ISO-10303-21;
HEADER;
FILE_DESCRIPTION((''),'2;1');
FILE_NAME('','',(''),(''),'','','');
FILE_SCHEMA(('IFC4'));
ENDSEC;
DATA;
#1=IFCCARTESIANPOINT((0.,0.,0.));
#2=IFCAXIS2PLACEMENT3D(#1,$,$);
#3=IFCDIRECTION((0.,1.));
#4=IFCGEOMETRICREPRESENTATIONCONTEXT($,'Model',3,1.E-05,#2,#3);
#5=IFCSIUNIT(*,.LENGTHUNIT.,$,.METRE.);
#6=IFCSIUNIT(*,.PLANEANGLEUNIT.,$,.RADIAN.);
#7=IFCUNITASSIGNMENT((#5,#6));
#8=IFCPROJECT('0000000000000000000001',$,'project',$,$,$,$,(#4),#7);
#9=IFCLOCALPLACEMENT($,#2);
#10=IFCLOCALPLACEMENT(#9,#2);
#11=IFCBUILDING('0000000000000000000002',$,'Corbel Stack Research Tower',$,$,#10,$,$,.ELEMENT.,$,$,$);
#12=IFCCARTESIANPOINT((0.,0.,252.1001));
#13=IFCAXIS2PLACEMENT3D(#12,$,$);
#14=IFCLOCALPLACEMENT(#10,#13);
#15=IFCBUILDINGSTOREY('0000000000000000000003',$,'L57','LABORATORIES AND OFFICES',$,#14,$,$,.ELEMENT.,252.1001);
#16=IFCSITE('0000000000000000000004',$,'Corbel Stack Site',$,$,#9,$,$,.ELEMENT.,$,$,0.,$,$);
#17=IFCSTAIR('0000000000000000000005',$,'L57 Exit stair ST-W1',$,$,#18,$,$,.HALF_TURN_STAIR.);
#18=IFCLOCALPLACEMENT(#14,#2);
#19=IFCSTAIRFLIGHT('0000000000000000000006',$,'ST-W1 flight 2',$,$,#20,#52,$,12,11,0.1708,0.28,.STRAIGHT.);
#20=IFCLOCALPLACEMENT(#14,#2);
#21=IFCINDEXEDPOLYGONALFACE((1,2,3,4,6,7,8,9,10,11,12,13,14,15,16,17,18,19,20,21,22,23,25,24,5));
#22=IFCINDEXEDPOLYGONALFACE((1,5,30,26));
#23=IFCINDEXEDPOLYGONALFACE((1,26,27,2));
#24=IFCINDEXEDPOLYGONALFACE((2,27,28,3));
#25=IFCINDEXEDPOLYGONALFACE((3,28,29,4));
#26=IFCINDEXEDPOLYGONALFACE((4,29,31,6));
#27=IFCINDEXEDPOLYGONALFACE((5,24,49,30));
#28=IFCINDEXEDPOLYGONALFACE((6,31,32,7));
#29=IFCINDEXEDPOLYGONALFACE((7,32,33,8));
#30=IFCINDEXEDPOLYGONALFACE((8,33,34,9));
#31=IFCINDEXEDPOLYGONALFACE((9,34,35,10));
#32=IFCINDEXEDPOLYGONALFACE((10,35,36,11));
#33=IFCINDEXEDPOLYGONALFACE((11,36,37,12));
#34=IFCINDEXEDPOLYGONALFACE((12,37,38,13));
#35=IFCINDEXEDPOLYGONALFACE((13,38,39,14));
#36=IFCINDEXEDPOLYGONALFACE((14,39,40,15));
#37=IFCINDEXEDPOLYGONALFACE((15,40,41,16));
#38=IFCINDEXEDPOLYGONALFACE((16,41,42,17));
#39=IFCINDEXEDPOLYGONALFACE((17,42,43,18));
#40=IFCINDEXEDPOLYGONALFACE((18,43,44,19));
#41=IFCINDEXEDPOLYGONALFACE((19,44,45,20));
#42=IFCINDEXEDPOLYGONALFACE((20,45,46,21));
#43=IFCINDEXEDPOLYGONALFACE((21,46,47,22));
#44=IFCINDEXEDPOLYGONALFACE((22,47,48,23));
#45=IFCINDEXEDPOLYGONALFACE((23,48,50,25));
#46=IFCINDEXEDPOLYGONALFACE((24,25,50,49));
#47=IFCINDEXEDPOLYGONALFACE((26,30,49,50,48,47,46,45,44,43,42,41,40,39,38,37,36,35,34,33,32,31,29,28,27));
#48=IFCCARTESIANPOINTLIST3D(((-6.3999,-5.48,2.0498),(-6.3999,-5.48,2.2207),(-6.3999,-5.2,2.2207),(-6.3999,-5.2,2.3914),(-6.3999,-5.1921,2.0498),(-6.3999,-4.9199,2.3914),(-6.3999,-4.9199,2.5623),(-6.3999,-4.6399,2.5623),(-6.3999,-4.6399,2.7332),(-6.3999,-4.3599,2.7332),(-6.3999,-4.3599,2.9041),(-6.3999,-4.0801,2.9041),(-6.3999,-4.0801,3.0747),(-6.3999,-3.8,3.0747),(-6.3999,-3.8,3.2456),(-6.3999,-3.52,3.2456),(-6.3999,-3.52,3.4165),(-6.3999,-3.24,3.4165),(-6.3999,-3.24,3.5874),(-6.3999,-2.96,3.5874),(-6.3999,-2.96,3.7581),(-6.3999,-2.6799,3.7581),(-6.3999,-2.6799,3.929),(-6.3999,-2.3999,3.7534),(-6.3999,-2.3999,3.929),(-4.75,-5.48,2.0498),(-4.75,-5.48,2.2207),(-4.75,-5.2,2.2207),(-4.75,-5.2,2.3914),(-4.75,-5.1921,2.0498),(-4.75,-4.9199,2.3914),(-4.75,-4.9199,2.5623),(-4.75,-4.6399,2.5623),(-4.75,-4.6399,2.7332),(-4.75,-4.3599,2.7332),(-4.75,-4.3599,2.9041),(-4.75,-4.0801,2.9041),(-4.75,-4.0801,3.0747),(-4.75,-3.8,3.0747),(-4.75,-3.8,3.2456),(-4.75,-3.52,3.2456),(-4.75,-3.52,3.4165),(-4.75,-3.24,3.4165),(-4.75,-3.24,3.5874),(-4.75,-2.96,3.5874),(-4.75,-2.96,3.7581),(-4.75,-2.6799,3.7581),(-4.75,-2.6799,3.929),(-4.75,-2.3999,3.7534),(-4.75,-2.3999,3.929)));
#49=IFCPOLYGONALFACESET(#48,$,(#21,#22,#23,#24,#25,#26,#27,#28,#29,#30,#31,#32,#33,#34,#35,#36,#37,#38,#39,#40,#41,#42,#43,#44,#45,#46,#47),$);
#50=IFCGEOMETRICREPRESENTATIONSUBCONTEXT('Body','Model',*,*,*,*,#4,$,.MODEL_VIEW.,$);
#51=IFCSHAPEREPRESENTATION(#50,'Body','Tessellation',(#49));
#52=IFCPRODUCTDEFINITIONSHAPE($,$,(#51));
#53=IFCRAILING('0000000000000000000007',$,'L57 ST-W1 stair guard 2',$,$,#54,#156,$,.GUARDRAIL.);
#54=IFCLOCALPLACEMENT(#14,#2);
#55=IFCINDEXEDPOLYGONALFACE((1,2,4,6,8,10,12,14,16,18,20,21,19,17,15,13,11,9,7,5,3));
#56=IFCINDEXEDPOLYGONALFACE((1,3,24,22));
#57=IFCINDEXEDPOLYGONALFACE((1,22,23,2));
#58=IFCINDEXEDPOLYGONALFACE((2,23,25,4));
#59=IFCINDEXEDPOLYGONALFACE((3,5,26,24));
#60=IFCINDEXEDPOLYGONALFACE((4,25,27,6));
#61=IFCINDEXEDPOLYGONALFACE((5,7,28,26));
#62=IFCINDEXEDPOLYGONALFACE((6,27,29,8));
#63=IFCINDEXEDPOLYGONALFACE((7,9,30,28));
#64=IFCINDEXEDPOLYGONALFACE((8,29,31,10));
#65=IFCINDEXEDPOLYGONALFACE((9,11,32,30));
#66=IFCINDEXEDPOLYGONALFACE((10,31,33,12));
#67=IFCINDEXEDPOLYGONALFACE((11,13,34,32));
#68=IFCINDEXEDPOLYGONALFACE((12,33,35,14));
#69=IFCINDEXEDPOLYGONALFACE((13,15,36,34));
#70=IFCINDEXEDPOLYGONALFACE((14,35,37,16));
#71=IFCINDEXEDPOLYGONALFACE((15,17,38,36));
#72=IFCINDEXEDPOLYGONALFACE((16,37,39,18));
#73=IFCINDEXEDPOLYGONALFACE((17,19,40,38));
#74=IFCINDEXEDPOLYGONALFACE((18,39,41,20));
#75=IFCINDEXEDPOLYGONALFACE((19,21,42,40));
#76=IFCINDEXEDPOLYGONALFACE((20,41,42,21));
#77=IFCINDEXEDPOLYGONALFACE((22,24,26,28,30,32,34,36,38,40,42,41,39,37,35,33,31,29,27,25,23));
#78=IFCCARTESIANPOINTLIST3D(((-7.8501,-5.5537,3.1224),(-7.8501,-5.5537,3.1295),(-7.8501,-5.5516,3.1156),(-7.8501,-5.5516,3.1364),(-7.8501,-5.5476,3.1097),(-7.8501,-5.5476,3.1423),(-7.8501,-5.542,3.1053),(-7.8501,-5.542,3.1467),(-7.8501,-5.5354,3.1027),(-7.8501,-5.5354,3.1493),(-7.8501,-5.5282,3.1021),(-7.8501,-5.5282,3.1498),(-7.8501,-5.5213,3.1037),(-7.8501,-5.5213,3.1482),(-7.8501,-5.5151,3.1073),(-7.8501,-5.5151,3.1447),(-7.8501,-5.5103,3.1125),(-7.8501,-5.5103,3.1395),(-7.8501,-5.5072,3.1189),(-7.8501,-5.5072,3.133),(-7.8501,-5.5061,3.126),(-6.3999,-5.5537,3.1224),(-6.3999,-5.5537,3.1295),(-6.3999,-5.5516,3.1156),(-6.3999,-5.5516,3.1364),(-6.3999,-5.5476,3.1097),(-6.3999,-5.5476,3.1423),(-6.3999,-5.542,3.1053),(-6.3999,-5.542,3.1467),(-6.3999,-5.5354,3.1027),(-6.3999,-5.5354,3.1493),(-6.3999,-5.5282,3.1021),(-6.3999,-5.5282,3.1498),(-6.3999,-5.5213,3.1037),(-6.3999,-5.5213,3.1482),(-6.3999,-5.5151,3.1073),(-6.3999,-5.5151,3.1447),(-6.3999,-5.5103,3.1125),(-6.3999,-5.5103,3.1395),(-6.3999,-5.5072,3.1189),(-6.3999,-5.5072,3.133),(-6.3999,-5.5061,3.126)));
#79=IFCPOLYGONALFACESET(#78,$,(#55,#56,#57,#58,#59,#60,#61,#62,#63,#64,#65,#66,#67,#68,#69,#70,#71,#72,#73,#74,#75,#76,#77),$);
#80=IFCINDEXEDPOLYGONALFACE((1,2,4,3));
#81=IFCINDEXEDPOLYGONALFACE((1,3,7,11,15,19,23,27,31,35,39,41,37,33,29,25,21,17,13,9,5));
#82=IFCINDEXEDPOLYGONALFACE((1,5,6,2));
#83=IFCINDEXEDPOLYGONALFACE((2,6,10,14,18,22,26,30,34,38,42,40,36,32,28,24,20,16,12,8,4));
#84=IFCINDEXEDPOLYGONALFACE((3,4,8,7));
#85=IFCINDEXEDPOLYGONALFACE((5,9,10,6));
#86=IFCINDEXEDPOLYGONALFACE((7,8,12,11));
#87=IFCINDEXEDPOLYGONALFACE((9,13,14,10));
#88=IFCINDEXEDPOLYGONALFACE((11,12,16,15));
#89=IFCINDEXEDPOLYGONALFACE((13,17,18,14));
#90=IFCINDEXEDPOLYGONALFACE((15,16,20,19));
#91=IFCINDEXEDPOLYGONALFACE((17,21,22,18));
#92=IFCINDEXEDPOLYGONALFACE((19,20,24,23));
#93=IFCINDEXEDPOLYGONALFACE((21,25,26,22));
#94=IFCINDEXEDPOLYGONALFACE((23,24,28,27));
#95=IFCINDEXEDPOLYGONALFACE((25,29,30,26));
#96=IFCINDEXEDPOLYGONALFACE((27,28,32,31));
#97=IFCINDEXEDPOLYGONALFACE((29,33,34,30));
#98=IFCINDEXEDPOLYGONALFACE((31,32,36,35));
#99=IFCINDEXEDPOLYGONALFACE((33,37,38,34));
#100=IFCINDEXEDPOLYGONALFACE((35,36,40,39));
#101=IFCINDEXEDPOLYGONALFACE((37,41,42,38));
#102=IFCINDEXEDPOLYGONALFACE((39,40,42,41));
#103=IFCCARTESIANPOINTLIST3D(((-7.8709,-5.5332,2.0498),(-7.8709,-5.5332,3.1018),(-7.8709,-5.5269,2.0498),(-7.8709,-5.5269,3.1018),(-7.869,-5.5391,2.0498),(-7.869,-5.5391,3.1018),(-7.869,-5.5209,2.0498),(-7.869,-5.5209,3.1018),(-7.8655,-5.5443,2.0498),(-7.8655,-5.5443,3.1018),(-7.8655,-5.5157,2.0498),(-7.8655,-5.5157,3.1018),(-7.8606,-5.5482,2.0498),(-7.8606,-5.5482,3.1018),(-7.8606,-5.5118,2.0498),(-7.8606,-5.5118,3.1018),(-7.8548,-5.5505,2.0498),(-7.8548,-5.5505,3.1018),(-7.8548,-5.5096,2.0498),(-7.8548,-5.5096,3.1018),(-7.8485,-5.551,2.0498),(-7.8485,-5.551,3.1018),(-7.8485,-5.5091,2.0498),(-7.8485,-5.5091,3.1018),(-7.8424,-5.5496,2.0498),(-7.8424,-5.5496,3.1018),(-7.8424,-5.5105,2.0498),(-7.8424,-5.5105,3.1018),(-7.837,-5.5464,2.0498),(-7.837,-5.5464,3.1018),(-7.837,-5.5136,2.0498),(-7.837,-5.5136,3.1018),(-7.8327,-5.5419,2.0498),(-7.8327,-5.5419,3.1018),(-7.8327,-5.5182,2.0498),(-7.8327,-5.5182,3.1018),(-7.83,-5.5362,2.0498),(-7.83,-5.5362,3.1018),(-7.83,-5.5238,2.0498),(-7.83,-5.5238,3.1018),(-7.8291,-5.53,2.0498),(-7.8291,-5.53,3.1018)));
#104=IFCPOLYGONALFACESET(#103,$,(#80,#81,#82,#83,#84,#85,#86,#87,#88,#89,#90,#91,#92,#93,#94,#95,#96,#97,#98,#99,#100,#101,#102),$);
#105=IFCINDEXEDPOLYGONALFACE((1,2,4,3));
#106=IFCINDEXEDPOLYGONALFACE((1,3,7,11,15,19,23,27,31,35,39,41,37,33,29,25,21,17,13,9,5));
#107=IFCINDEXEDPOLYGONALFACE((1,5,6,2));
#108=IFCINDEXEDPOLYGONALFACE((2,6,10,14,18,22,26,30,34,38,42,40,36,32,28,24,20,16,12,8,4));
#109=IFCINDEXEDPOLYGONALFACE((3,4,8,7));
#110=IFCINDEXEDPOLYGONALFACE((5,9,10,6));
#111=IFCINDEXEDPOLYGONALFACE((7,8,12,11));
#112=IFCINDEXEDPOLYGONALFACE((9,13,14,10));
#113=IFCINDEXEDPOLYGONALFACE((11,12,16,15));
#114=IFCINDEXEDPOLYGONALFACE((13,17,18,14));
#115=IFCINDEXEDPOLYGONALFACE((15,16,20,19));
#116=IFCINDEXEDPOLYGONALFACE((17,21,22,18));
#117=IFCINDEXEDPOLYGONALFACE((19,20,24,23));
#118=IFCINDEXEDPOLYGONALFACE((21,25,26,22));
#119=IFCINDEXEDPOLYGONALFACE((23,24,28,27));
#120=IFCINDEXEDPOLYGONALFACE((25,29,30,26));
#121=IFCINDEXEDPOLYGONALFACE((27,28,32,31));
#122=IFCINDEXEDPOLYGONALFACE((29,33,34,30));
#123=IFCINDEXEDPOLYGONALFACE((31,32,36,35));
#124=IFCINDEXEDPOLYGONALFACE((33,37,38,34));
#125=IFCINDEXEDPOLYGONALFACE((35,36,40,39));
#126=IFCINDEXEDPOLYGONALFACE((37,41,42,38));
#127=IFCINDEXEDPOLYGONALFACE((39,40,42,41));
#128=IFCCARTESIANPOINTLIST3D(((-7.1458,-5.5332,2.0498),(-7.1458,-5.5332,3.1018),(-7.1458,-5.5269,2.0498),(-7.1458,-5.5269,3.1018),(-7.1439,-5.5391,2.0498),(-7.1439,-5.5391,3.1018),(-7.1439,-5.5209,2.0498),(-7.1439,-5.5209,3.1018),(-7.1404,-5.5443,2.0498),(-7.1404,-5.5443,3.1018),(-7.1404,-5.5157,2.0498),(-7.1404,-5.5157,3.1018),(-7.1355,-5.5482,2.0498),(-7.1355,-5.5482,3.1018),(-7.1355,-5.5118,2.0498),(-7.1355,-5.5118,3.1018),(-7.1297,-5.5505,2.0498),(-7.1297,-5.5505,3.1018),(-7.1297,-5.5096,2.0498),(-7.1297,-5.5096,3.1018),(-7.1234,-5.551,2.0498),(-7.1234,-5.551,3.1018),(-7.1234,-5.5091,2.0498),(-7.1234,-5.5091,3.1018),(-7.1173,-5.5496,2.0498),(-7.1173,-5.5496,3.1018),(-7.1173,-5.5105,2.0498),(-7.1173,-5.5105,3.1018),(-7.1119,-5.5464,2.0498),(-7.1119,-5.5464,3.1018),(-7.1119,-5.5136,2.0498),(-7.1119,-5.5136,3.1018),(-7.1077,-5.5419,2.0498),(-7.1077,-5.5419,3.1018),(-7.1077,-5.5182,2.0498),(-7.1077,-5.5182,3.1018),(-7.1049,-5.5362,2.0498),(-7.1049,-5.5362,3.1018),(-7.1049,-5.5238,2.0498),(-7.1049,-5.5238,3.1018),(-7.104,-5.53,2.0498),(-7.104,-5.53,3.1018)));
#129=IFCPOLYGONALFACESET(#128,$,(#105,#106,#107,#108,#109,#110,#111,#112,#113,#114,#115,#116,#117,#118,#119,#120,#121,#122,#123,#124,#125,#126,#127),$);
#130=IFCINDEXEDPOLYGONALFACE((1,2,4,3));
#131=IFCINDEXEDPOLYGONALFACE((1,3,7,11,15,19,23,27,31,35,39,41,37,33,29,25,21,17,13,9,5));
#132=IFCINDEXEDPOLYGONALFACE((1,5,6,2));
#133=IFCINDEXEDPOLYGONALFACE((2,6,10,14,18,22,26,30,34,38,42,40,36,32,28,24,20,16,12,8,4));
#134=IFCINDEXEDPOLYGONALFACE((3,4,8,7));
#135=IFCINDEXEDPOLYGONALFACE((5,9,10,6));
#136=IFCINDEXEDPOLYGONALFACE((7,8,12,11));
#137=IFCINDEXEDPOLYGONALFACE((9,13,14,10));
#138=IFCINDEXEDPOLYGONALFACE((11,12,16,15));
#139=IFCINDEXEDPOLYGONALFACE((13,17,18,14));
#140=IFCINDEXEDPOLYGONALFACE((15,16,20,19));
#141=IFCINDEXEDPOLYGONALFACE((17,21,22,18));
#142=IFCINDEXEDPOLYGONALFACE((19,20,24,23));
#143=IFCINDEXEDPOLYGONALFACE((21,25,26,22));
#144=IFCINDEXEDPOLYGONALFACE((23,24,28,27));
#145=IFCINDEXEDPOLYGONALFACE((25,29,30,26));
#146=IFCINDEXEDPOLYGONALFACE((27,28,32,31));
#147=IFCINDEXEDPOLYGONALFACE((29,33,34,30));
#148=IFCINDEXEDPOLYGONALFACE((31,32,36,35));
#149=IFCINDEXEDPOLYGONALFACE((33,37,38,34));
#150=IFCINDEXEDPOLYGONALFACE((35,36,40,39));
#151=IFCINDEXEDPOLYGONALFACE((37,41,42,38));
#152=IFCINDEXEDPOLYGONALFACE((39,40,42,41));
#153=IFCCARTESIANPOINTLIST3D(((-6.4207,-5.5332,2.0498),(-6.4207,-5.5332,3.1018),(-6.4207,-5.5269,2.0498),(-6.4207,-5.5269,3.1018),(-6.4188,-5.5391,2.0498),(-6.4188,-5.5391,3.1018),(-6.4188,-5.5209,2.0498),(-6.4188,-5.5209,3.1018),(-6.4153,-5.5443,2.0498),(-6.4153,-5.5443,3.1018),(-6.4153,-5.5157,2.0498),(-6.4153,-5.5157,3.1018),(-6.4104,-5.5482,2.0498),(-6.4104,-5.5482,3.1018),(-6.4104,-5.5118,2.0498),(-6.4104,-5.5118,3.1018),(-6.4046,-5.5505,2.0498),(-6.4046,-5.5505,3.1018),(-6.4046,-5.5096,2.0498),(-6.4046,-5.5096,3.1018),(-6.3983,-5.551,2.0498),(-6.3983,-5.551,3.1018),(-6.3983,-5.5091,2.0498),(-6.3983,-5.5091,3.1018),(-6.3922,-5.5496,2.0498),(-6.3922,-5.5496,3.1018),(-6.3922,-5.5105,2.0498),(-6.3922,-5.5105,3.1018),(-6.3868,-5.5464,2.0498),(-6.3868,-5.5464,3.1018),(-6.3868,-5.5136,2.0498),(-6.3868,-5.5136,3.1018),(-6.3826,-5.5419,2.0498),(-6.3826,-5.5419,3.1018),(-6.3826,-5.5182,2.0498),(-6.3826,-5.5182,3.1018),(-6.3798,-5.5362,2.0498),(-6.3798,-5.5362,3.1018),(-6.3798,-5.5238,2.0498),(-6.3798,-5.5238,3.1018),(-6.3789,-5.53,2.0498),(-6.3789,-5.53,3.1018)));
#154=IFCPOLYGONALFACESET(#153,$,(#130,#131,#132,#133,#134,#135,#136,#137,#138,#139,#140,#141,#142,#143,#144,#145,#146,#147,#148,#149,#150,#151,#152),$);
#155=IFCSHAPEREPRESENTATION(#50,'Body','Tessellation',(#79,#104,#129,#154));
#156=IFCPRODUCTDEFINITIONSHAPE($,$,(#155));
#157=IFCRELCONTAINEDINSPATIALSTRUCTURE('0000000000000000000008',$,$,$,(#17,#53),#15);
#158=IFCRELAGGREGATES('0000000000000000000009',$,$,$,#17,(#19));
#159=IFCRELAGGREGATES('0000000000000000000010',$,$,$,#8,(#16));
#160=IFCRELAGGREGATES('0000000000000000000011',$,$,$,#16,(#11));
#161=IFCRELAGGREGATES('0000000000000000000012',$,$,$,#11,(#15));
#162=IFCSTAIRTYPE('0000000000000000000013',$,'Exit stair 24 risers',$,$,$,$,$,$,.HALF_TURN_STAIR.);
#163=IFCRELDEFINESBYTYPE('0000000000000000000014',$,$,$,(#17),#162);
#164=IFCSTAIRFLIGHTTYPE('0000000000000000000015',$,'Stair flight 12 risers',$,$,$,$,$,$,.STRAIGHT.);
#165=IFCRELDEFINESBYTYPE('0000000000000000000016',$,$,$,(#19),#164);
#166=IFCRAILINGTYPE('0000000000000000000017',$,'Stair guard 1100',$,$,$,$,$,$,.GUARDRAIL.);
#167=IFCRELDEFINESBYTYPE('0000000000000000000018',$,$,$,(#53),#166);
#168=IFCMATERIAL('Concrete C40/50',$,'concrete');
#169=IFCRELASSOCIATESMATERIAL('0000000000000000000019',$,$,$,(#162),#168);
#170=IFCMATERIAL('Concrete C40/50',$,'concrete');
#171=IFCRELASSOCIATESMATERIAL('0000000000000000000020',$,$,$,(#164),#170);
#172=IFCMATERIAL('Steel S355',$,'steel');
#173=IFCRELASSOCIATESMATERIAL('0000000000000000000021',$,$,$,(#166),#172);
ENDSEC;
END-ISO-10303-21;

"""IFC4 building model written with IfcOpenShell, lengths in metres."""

from ifc_helpers import new_model, si_unit, direction, frame, origin, origin_2d, place, context, subcontext, project, spatial, polyline, circle, outline, extrude, material, type_object, element, aggregate, save


model = new_model("IFC4")

# Units and contexts
model_context = context("Model", 3, precision=1e-05, world=origin(), true_north=direction((0.0, 1.0)))
body_context = subcontext(model_context, "Body", "Model", "MODEL_VIEW")
ifc_project = project(units=[si_unit("LENGTHUNIT", "METRE"), si_unit("PLANEANGLEUNIT", "RADIAN")], contexts=[model_context])

# Site, building, storey
site_placement = place(None, origin())
site = spatial("IfcSite", under=ifc_project, at=site_placement, Name="Corbel Stack Site", CompositionType="ELEMENT", RefElevation=0.0)
building_placement = place(site_placement, origin())
building = spatial("IfcBuilding", under=site, at=building_placement, Name="Corbel Stack Research Tower", CompositionType="ELEMENT")
storey_placement = place(building_placement, frame((0.0, 0.0, 252.1001)))
storey = spatial("IfcBuildingStorey", under=building, at=storey_placement, Name="L57", Description="LABORATORIES AND OFFICES", CompositionType="ELEMENT", Elevation=252.1001)

# Stair, stair flight
ifc_material_1 = material(Name="Concrete C40/50", Category="concrete")
stair_type = type_object("IfcStairType", Name="Exit stair 24 risers", PredefinedType="HALF_TURN_STAIR", material=ifc_material_1)
stair_placement = place(storey_placement, origin())
stair = element("IfcStair", 1, at=stair_placement, inside=storey, type_object=stair_type, Name="L57 Exit stair ST-W1", PredefinedType="HALF_TURN_STAIR")
ifc_material_2 = material(Name="Concrete C40/50", Category="concrete")
stair_flight_type = type_object("IfcStairFlightType", Name="Stair flight 12 risers", PredefinedType="STRAIGHT", material=ifc_material_2)
stair_flight_placement = place(storey_placement, frame((-5.575, -5.48, 2.0498), z_axis=(0.0, 0.0, 1.0), x_axis=(0.0, 1.0, 0.0)))
stair_flight = element("IfcStairFlight", 2, at=stair_flight_placement, type_object=stair_flight_type, Name="ST-W1 flight 2", NumberOfRisers=12, NumberOfTreads=11, PredefinedType="STRAIGHT", RiserHeight=0.1708, TreadLength=0.28, context=body_context, shape_type="SweptSolid", body=[
    extrude(outline(polyline([(0.0, 0.0), (0.0, 0.1709), (0.28, 0.1709), (0.28, 0.3416), (0.5601, 0.3416), (0.5601, 0.5125), (0.8401, 0.5125), (0.8401, 0.6833), (1.1201, 0.6833), (1.1201, 0.8542), (1.3999, 0.8542), (1.3999, 1.0249), (1.6799, 1.0249), (1.6799, 1.1958), (1.96, 1.1958), (1.96, 1.3667), (2.24, 1.3667), (2.24, 1.5376), (2.52, 1.5376), (2.52, 1.7083), (2.8, 1.7083), (2.8, 1.8792), (3.0801, 1.8792), (3.0801, 2.05), (3.0801, 1.7036), (0.2878, 0.0), (0.0, 0.0)])), frame((0.0, 0.825, 0.0), z_axis=(0.0, -1.0, 0.0), x_axis=(1.0, 0.0, 0.0)), (0.0, 0.0, 1.0), 1.6499),
])
aggregate(stair, [stair_flight])

# Railing
ifc_material_3 = material(Name="Steel S355", Category="steel")
railing_type = type_object("IfcRailingType", Name="Stair guard 1100", PredefinedType="GUARDRAIL", material=ifc_material_3)
railing_1_placement = place(storey_placement, frame((-7.8501, -5.53, 2.0498)))
element("IfcRailing", 3, at=railing_1_placement, inside=storey, type_object=railing_type, Name="L57 ST-W1 stair guard 2", PredefinedType="GUARDRAIL", context=body_context, shape_type="SweptSolid", body=[
    extrude(circle(Radius=0.0239, at=origin_2d()), frame((0.0, 0.0, 1.0762), z_axis=(1.0, 0.0, 0.0), x_axis=(0.0, 1.0, 0.0)), (0.0, 0.0, 1.0), 1.4502),
    extrude(circle(Radius=0.021, at=origin_2d()), origin(), (0.0, 0.0, 1.0), 1.052),
    extrude(circle(Radius=0.021, at=origin_2d()), frame((0.7251, 0.0, 0.0)), (0.0, 0.0, 1.0), 1.052),
    extrude(circle(Radius=0.021, at=origin_2d()), frame((1.4502, 0.0, 0.0)), (0.0, 0.0, 1.0), 1.052),
])

save(model, "model.ifc")
